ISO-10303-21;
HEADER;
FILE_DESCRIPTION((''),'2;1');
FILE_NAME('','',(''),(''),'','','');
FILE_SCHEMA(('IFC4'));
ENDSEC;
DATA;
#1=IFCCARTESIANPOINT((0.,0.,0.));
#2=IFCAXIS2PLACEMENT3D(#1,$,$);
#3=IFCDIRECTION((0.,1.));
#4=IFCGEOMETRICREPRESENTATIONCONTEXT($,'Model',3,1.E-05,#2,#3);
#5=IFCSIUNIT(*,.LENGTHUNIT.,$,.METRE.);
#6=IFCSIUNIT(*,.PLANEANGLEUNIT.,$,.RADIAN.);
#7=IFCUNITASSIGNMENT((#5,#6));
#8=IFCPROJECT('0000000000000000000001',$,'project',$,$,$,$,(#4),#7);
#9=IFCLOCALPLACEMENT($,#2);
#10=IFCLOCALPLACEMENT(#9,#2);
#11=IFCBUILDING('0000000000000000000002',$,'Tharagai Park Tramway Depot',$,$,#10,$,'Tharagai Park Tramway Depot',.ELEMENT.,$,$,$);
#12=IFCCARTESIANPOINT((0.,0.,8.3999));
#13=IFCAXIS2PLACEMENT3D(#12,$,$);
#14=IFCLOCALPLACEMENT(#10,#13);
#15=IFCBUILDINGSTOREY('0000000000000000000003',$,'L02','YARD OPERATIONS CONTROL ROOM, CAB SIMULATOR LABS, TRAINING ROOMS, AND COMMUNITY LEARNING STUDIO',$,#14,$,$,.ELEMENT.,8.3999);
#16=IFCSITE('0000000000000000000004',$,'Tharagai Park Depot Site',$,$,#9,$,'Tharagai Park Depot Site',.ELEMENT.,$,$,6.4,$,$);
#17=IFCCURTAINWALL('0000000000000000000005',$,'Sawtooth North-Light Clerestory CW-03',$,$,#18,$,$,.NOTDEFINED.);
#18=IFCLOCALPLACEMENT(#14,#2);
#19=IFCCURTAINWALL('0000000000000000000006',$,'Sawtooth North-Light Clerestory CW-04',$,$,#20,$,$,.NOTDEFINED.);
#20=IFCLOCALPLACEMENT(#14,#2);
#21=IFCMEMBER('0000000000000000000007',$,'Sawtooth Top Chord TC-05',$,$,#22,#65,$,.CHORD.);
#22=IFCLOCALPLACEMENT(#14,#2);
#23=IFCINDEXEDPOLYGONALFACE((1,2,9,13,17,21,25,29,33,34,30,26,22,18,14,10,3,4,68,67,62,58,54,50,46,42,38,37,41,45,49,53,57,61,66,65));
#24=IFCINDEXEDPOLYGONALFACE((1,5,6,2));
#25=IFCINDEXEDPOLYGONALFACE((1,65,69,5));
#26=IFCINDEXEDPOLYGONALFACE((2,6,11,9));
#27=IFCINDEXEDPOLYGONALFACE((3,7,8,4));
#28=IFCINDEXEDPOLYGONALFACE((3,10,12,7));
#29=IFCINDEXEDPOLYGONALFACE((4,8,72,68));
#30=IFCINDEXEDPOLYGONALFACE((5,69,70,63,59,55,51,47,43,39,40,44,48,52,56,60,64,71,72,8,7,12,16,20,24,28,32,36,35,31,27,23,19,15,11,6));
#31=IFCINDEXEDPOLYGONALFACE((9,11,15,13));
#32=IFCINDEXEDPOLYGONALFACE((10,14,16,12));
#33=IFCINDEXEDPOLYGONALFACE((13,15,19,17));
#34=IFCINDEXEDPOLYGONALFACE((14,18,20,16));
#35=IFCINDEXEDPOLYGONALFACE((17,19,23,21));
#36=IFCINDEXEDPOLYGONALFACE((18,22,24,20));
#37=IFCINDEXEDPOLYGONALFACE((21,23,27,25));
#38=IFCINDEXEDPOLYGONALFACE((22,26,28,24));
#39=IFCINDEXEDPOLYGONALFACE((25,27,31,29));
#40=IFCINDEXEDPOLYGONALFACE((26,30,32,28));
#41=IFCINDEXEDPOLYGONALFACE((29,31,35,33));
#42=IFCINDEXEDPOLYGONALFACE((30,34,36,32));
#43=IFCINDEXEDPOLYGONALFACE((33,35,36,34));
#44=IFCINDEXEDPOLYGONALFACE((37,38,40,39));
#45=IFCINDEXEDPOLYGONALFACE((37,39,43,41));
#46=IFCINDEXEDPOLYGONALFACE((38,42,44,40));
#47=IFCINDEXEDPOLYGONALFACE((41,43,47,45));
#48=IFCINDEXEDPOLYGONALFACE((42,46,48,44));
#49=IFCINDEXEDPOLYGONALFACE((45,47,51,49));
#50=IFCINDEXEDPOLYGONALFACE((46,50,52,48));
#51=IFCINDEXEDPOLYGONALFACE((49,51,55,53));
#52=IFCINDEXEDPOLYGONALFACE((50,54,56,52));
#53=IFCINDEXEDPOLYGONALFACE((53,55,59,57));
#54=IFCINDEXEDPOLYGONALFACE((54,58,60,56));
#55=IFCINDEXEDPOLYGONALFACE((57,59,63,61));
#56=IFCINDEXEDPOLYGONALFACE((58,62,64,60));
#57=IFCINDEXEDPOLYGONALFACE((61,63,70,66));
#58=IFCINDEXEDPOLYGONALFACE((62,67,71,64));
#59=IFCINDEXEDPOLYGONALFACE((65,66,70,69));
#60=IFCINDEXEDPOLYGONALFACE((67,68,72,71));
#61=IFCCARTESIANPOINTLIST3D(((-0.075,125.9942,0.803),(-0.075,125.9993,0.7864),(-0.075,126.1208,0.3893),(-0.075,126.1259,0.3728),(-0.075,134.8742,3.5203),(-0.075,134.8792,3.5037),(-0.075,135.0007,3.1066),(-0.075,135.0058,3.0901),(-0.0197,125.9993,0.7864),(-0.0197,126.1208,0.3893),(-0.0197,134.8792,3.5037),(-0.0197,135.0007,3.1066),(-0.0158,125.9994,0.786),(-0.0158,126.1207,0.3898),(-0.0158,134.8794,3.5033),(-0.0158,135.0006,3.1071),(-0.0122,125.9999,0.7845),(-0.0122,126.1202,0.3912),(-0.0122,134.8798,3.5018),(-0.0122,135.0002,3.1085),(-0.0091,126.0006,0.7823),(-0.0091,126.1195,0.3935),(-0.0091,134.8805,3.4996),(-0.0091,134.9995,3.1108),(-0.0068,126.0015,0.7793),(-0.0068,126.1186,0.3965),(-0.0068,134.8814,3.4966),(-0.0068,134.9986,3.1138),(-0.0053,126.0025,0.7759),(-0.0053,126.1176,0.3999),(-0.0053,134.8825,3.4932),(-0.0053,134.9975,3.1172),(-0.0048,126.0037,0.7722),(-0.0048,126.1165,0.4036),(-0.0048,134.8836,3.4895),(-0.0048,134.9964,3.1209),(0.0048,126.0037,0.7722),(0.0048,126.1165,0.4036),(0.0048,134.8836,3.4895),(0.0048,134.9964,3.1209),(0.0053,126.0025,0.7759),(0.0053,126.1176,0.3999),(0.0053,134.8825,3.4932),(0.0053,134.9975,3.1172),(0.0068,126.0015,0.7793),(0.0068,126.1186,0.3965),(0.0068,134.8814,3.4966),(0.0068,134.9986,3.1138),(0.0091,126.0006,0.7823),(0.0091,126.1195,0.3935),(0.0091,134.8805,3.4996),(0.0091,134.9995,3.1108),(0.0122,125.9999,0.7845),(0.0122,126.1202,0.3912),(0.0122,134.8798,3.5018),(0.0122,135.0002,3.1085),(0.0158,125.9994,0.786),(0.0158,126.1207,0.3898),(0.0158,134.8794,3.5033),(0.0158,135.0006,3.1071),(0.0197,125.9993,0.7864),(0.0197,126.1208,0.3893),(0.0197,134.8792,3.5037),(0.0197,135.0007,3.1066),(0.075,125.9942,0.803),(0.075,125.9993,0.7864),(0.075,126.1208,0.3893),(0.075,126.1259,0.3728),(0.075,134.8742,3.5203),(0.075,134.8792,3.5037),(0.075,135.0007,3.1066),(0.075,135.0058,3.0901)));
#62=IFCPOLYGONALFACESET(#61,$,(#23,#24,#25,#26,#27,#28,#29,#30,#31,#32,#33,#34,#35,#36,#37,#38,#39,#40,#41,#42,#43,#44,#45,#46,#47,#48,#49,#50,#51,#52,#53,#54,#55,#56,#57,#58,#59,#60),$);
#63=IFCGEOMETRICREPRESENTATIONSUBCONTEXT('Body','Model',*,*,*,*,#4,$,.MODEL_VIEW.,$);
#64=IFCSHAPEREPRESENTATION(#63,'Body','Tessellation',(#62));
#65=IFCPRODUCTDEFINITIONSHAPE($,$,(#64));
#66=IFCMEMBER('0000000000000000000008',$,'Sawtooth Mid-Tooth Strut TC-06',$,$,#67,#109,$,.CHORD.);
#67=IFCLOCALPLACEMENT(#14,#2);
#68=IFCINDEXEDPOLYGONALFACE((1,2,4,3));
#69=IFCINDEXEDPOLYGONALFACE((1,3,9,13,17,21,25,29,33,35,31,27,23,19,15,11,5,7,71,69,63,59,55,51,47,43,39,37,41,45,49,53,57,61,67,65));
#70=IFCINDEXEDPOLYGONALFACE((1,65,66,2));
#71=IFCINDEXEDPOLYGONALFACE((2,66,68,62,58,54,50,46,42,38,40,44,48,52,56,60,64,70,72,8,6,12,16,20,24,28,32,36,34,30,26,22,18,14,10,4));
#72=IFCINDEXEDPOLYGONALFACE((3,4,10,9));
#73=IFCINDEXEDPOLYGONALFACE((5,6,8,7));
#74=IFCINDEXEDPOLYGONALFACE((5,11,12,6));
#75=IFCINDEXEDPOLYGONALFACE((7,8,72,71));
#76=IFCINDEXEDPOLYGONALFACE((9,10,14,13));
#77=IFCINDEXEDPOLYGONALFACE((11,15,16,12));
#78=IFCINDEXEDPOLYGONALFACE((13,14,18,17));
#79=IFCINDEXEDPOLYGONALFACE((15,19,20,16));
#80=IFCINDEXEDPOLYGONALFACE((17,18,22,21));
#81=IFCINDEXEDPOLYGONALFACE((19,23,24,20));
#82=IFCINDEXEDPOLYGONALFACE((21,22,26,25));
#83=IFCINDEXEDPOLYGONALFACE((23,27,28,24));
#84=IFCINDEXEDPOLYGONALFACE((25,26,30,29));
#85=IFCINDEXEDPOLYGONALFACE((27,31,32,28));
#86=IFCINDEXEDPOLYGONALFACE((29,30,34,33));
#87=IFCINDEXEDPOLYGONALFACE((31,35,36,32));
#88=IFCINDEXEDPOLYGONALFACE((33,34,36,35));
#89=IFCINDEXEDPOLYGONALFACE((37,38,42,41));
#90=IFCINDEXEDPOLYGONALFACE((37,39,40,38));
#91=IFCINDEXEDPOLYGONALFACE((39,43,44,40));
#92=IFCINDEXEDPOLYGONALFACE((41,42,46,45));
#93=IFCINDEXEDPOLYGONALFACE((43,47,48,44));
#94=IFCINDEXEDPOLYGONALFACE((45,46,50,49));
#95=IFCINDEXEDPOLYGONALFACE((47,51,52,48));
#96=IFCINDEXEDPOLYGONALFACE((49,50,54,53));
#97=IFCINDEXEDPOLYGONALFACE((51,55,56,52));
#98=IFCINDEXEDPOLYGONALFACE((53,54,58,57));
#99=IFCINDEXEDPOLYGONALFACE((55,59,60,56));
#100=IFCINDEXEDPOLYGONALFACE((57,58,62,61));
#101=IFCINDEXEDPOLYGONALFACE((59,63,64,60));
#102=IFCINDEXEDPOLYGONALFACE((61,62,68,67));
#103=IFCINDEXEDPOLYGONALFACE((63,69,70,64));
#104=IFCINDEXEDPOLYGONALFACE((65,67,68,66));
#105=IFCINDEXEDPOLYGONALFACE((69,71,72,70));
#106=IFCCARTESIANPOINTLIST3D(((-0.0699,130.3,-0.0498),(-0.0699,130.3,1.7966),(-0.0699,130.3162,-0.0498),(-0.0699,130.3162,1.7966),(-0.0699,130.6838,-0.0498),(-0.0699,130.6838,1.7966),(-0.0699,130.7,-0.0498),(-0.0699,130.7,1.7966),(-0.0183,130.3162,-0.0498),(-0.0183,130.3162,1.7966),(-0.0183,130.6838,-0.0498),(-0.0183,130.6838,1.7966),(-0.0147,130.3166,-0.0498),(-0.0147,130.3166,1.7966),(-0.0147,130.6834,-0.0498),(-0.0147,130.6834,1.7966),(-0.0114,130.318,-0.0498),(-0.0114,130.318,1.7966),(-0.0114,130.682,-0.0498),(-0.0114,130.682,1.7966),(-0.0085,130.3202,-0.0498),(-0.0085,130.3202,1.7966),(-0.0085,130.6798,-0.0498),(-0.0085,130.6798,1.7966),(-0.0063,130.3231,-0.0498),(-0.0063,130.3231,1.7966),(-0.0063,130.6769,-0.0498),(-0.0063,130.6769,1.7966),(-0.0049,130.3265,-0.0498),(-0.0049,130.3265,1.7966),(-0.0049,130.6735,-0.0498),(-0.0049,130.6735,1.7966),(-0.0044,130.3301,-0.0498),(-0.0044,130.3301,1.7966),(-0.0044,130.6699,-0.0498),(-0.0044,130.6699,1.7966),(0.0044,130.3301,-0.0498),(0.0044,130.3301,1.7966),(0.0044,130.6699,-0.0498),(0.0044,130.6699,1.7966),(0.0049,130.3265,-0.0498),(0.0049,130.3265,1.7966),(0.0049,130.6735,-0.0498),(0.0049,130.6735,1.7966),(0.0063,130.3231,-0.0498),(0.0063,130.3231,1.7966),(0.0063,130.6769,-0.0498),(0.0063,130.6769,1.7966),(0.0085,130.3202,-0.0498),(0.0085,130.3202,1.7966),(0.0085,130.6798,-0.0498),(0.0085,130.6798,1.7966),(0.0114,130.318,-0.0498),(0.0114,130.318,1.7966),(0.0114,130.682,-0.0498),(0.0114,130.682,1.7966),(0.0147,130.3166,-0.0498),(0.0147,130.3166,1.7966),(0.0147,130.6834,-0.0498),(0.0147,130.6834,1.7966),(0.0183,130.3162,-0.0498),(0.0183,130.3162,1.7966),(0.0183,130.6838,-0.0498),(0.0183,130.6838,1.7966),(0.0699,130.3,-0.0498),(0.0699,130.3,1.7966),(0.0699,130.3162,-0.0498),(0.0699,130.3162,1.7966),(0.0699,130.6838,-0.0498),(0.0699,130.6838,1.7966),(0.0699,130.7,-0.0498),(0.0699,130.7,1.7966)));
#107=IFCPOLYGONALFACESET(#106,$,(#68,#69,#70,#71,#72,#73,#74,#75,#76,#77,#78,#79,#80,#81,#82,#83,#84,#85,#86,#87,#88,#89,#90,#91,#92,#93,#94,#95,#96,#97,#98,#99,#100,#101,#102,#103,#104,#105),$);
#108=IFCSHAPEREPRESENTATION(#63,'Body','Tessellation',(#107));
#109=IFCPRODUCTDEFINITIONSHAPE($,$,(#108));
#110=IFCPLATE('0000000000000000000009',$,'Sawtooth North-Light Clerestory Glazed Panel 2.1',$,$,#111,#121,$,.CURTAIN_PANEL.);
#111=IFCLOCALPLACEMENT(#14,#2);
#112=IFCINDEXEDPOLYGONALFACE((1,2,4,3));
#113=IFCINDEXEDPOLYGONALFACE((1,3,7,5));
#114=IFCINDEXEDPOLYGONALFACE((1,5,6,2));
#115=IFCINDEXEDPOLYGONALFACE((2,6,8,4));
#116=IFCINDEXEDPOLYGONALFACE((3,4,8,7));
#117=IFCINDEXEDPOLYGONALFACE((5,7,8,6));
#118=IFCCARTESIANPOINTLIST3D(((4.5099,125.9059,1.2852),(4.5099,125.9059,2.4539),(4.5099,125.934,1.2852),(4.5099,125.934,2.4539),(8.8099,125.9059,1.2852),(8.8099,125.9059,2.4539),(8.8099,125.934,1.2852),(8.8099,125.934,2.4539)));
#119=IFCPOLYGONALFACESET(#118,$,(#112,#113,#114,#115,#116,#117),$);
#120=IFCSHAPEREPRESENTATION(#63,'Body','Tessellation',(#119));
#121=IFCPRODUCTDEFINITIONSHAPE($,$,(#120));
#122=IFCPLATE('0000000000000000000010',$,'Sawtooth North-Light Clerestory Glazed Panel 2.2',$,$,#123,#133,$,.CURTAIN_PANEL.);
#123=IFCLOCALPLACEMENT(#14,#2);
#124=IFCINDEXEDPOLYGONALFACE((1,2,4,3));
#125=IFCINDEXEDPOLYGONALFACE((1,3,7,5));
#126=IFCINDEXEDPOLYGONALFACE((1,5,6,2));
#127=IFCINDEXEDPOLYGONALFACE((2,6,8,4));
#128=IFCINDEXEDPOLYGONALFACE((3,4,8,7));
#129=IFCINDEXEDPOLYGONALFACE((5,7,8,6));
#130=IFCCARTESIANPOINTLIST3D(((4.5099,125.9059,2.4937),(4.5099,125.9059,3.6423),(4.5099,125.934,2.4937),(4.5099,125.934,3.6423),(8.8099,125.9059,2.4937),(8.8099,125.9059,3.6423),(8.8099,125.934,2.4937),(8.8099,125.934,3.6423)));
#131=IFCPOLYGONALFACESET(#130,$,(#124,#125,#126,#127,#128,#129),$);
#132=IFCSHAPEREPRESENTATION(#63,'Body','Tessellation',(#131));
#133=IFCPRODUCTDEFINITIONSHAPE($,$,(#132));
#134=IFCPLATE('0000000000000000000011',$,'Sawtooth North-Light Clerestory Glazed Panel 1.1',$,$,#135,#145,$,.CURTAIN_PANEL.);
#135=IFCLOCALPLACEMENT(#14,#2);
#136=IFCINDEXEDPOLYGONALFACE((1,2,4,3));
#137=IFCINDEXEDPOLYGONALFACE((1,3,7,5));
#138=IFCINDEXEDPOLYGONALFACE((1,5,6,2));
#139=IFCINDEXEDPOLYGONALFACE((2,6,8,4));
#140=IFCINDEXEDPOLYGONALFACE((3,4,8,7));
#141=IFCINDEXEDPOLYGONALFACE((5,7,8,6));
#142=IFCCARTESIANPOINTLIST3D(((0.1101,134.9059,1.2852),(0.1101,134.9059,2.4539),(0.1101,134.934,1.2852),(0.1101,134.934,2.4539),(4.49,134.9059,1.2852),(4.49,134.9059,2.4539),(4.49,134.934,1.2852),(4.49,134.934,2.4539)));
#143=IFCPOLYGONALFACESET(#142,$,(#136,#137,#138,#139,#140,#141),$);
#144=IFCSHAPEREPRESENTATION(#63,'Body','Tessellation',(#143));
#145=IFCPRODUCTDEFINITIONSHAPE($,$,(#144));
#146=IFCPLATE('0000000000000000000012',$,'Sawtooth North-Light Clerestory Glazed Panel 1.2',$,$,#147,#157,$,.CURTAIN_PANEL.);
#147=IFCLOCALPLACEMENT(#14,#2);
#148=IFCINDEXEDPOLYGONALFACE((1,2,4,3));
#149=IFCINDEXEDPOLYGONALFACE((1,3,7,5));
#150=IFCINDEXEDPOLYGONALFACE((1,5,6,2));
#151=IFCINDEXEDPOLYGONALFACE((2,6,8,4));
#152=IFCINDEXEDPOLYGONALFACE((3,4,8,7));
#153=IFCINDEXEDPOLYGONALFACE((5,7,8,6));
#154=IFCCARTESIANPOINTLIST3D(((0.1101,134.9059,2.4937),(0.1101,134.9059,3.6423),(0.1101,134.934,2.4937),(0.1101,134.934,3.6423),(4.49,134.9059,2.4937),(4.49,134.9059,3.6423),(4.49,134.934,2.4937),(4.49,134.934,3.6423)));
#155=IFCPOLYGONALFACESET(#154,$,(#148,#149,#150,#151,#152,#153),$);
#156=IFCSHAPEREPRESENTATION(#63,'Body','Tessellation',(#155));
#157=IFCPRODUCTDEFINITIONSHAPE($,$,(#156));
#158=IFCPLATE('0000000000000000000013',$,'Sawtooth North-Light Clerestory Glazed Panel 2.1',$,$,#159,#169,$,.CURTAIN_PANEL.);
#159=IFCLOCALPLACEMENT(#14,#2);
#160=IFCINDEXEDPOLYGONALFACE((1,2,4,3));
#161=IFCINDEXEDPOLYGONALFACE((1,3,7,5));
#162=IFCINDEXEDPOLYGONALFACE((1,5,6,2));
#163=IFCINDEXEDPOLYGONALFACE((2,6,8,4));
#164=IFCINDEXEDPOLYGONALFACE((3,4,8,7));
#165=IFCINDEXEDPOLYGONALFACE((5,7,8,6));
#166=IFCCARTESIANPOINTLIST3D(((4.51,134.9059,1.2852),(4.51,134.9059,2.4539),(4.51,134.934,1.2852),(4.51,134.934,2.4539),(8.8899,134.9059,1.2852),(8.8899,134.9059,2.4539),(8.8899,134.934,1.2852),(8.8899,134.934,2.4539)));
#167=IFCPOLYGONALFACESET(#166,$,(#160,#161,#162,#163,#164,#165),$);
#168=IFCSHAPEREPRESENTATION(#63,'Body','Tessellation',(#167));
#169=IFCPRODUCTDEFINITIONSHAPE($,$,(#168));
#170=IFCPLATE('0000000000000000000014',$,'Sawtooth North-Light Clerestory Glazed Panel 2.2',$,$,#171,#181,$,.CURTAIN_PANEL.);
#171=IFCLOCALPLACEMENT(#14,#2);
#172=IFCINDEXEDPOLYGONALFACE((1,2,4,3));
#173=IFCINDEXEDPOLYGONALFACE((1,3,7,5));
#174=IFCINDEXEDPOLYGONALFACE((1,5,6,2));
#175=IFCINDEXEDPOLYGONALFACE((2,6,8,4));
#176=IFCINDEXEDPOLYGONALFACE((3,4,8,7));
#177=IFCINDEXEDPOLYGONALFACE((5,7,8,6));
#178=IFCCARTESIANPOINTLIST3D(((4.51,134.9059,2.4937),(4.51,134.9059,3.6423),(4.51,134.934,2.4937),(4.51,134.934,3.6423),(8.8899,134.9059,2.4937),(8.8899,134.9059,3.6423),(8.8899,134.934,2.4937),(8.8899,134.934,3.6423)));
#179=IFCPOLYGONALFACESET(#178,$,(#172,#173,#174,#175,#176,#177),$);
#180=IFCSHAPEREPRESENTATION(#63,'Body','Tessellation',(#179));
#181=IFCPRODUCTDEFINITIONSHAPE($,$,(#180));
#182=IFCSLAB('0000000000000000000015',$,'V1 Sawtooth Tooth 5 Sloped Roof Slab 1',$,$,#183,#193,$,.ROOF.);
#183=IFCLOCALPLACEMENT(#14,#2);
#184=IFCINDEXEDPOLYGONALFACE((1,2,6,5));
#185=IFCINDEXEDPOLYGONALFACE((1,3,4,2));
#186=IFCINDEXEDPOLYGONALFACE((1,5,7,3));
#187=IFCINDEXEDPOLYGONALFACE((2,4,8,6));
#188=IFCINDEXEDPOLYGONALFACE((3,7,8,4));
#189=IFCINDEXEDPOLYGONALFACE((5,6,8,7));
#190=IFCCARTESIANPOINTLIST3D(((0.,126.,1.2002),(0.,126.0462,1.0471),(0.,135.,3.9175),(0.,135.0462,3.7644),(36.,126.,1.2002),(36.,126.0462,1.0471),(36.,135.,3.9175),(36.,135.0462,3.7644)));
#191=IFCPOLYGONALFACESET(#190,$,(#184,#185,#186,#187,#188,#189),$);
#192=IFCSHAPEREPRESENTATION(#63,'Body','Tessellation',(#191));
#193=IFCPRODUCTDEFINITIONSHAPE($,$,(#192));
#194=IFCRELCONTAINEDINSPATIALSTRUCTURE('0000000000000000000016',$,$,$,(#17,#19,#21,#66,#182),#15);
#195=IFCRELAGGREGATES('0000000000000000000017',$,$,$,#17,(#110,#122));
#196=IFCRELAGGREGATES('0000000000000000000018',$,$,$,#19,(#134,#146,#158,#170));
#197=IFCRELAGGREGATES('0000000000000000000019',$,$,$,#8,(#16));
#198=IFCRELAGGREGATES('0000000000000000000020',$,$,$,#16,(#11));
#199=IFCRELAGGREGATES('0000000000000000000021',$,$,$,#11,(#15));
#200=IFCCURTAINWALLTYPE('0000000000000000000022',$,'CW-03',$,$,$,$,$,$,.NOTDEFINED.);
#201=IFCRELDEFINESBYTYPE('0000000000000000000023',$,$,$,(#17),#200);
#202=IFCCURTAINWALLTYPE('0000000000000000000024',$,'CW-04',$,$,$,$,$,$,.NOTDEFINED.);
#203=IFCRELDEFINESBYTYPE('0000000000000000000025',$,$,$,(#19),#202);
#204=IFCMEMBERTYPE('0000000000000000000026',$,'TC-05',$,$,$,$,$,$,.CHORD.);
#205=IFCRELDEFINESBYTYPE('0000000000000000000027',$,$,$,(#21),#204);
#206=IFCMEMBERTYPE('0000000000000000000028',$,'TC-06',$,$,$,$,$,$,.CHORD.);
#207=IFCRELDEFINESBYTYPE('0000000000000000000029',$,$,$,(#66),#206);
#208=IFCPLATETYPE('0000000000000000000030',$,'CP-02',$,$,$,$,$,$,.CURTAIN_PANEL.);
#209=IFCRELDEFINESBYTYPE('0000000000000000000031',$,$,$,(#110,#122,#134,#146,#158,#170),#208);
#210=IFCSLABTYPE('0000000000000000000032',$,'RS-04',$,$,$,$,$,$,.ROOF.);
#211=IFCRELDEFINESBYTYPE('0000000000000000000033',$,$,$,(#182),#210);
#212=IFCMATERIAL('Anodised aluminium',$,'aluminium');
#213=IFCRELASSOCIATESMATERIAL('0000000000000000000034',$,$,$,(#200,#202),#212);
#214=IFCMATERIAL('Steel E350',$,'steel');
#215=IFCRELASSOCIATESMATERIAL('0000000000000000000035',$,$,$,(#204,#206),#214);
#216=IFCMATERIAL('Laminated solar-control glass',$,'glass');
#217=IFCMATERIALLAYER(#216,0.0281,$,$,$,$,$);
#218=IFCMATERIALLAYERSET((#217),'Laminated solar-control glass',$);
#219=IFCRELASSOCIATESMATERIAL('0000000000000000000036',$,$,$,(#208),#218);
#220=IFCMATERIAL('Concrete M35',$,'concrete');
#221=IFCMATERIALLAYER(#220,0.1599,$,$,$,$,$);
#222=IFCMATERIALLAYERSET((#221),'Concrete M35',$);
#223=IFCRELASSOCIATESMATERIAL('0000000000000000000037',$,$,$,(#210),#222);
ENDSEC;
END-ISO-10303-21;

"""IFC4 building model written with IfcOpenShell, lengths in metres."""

from ifc_helpers import new_model, si_unit, direction, frame, origin, origin_2d, place, context, subcontext, project, spatial, polyline, rectangle, i_section, outline, extrude, material, layer, layer_set, material_profile, profile_set, type_object, element, aggregate, save


model = new_model("IFC4")

# Units and contexts
model_context = context("Model", 3, precision=1e-05, world=origin(), true_north=direction((0.0, 1.0)))
body_context = subcontext(model_context, "Body", "Model", "MODEL_VIEW")
ifc_project = project(units=[si_unit("LENGTHUNIT", "METRE"), si_unit("PLANEANGLEUNIT", "RADIAN")], contexts=[model_context])

# Site, building, storey
site_placement = place(None, origin())
site = spatial("IfcSite", under=ifc_project, at=site_placement, Name="Tharagai Park Depot Site", LongName="Tharagai Park Depot Site", CompositionType="ELEMENT", RefElevation=6.4)
building_placement = place(site_placement, origin())
building = spatial("IfcBuilding", under=site, at=building_placement, Name="Tharagai Park Tramway Depot", LongName="Tharagai Park Tramway Depot", CompositionType="ELEMENT")
storey_placement = place(building_placement, frame((0.0, 0.0, 8.3999)))
storey = spatial("IfcBuildingStorey", under=building, at=storey_placement, Name="L02", Description="YARD OPERATIONS CONTROL ROOM, CAB SIMULATOR LABS, TRAINING ROOMS, AND COMMUNITY LEARNING STUDIO", CompositionType="ELEMENT", Elevation=8.3999)

# Shared definitions
ifc_material_1 = material(Name="Steel E350", Category="steel")

# Curtain walls
ifc_material_2 = material(Name="Anodised aluminium", Category="aluminium")
curtain_wall_type_1 = type_object("IfcCurtainWallType", Name="CW-03", PredefinedType="NOTDEFINED", material=ifc_material_2)
curtain_wall_1_placement = place(storey_placement, origin())
curtain_wall_1 = element("IfcCurtainWall", 1, at=curtain_wall_1_placement, inside=storey, type_object=curtain_wall_type_1, Name="Sawtooth North-Light Clerestory CW-03", PredefinedType="NOTDEFINED")
curtain_wall_type_2 = type_object("IfcCurtainWallType", Name="CW-04", PredefinedType="NOTDEFINED", material=ifc_material_2)
curtain_wall_2_placement = place(storey_placement, origin())
curtain_wall_2 = element("IfcCurtainWall", 2, at=curtain_wall_2_placement, inside=storey, type_object=curtain_wall_type_2, Name="Sawtooth North-Light Clerestory CW-04", PredefinedType="NOTDEFINED")

# Members
ifc_material_profile_1 = material_profile(ifc_material_1, i_section(OverallWidth=0.1499, OverallDepth=0.45, WebThickness=0.0095, FlangeThickness=0.0173, FilletRadius=0.0149, at=origin_2d()), Name="ISMB 450")
ifc_profile_set_1 = profile_set([ifc_material_profile_1], Name="Steel E350")
member_type_1 = type_object("IfcMemberType", Name="TC-05", PredefinedType="CHORD", material=ifc_profile_set_1)
member_1_placement = place(storey_placement, frame((0.0, 126.0601, 0.5879), z_axis=(0.0, 0.956231, 0.292611), x_axis=(-1.0, 0.0, 0.0)))
element("IfcMember", 3, at=member_1_placement, inside=storey, type_object=member_type_1, Name="Sawtooth Top Chord TC-05", PredefinedType="CHORD", context=body_context, shape_type="SweptSolid", body=[
    extrude(i_section(OverallWidth=0.1499, OverallDepth=0.45, WebThickness=0.0095, FlangeThickness=0.0173, FilletRadius=0.0149, at=origin_2d()), origin(), (0.0, 0.0, 1.0), 9.2864),
])
ifc_material_profile_2 = material_profile(ifc_material_1, i_section(OverallWidth=0.1399, OverallDepth=0.3999, WebThickness=0.0088, FlangeThickness=0.0161, FilletRadius=0.0139, at=origin_2d()), Name="ISMB 400")
ifc_profile_set_2 = profile_set([ifc_material_profile_2], Name="Steel E350")
member_type_2 = type_object("IfcMemberType", Name="TC-06", PredefinedType="CHORD", material=ifc_profile_set_2)
member_2_placement = place(storey_placement, frame((0.0, 130.5, -0.0498), z_axis=(0.0, 0.0, 1.0), x_axis=(1.0, 0.0, 0.0)))
element("IfcMember", 4, at=member_2_placement, inside=storey, type_object=member_type_2, Name="Sawtooth Mid-Tooth Strut TC-06", PredefinedType="CHORD", context=body_context, shape_type="SweptSolid", body=[
    extrude(i_section(OverallWidth=0.1399, OverallDepth=0.3999, WebThickness=0.0088, FlangeThickness=0.0161, FilletRadius=0.0139, at=origin_2d()), origin(), (0.0, 0.0, 1.0), 1.8464),
])

# Plates
ifc_material_3 = material(Name="Laminated solar-control glass", Category="glass")
ifc_layer_1 = layer(ifc_material_3, 0.0281)
ifc_layer_set_1 = layer_set([ifc_layer_1], Name="Laminated solar-control glass")
plate_type = type_object("IfcPlateType", Name="CP-02", PredefinedType="CURTAIN_PANEL", material=ifc_layer_set_1)
plate_1_placement = place(storey_placement, frame((6.6599, 125.9199, 1.2852), z_axis=(0.0, 0.0, 1.0), x_axis=(1.0, 0.0, 0.0)))
plate_1 = element("IfcPlate", 5, at=plate_1_placement, type_object=plate_type, Name="Sawtooth North-Light Clerestory Glazed Panel 2.1", PredefinedType="CURTAIN_PANEL", context=body_context, shape_type="SweptSolid", body=[
    extrude(rectangle(XDim=4.3, YDim=0.0281, at=origin_2d()), origin(), (0.0, 0.0, 1.0), 1.1687),
])
plate_2_placement = place(storey_placement, frame((6.6599, 125.9199, 2.4937), z_axis=(0.0, 0.0, 1.0), x_axis=(1.0, 0.0, 0.0)))
plate_2 = element("IfcPlate", 6, at=plate_2_placement, type_object=plate_type, Name="Sawtooth North-Light Clerestory Glazed Panel 2.2", PredefinedType="CURTAIN_PANEL", context=body_context, shape_type="SweptSolid", body=[
    extrude(rectangle(XDim=4.3, YDim=0.0281, at=origin_2d()), origin(), (0.0, 0.0, 1.0), 1.1487),
])
aggregate(curtain_wall_1, [plate_1, plate_2])
plate_3_placement = place(storey_placement, frame((2.3, 134.9199, 1.2852), z_axis=(0.0, 0.0, 1.0), x_axis=(1.0, 0.0, 0.0)))
plate_3 = element("IfcPlate", 7, at=plate_3_placement, type_object=plate_type, Name="Sawtooth North-Light Clerestory Glazed Panel 1.1", PredefinedType="CURTAIN_PANEL", context=body_context, shape_type="SweptSolid", body=[
    extrude(rectangle(XDim=4.3799, YDim=0.0281, at=origin_2d()), origin(), (0.0, 0.0, 1.0), 1.1687),
])
plate_4_placement = place(storey_placement, frame((2.3, 134.9199, 2.4937), z_axis=(0.0, 0.0, 1.0), x_axis=(1.0, 0.0, 0.0)))
plate_4 = element("IfcPlate", 8, at=plate_4_placement, type_object=plate_type, Name="Sawtooth North-Light Clerestory Glazed Panel 1.2", PredefinedType="CURTAIN_PANEL", context=body_context, shape_type="SweptSolid", body=[
    extrude(rectangle(XDim=4.3799, YDim=0.0281, at=origin_2d()), origin(), (0.0, 0.0, 1.0), 1.1487),
])
plate_5_placement = place(storey_placement, frame((6.7, 134.9199, 1.2852), z_axis=(0.0, 0.0, 1.0), x_axis=(1.0, 0.0, 0.0)))
plate_5 = element("IfcPlate", 9, at=plate_5_placement, type_object=plate_type, Name="Sawtooth North-Light Clerestory Glazed Panel 2.1", PredefinedType="CURTAIN_PANEL", context=body_context, shape_type="SweptSolid", body=[
    extrude(rectangle(XDim=4.3799, YDim=0.0281, at=origin_2d()), origin(), (0.0, 0.0, 1.0), 1.1687),
])
plate_6_placement = place(storey_placement, frame((6.7, 134.9199, 2.4937), z_axis=(0.0, 0.0, 1.0), x_axis=(1.0, 0.0, 0.0)))
plate_6 = element("IfcPlate", 10, at=plate_6_placement, type_object=plate_type, Name="Sawtooth North-Light Clerestory Glazed Panel 2.2", PredefinedType="CURTAIN_PANEL", context=body_context, shape_type="SweptSolid", body=[
    extrude(rectangle(XDim=4.3799, YDim=0.0281, at=origin_2d()), origin(), (0.0, 0.0, 1.0), 1.1487),
])
aggregate(curtain_wall_2, [plate_3, plate_4, plate_5, plate_6])

# Slab
ifc_material_4 = material(Name="Concrete M35", Category="concrete")
ifc_layer_2 = layer(ifc_material_4, 0.1599)
ifc_layer_set_2 = layer_set([ifc_layer_2], Name="Concrete M35")
slab_type = type_object("IfcSlabType", Name="RS-04", PredefinedType="ROOF", material=ifc_layer_set_2)
slab_placement = place(storey_placement, frame((0.0, 126.0, 1.2002), z_axis=(0.0, -0.289034, 0.957319), x_axis=(1.0, 0.0, 0.0)))
element("IfcSlab", 11, at=slab_placement, inside=storey, type_object=slab_type, Name="V1 Sawtooth Tooth 5 Sloped Roof Slab 1", PredefinedType="ROOF", context=body_context, shape_type="SweptSolid", body=[
    extrude(outline(polyline([(0.0, 0.0), (36.0, 0.0), (36.0, 9.4013), (0.0, 9.4013), (0.0, 0.0)])), origin(), (0.0, 0.0, -1.0), 0.1599),
])

save(model, "model.ifc")
